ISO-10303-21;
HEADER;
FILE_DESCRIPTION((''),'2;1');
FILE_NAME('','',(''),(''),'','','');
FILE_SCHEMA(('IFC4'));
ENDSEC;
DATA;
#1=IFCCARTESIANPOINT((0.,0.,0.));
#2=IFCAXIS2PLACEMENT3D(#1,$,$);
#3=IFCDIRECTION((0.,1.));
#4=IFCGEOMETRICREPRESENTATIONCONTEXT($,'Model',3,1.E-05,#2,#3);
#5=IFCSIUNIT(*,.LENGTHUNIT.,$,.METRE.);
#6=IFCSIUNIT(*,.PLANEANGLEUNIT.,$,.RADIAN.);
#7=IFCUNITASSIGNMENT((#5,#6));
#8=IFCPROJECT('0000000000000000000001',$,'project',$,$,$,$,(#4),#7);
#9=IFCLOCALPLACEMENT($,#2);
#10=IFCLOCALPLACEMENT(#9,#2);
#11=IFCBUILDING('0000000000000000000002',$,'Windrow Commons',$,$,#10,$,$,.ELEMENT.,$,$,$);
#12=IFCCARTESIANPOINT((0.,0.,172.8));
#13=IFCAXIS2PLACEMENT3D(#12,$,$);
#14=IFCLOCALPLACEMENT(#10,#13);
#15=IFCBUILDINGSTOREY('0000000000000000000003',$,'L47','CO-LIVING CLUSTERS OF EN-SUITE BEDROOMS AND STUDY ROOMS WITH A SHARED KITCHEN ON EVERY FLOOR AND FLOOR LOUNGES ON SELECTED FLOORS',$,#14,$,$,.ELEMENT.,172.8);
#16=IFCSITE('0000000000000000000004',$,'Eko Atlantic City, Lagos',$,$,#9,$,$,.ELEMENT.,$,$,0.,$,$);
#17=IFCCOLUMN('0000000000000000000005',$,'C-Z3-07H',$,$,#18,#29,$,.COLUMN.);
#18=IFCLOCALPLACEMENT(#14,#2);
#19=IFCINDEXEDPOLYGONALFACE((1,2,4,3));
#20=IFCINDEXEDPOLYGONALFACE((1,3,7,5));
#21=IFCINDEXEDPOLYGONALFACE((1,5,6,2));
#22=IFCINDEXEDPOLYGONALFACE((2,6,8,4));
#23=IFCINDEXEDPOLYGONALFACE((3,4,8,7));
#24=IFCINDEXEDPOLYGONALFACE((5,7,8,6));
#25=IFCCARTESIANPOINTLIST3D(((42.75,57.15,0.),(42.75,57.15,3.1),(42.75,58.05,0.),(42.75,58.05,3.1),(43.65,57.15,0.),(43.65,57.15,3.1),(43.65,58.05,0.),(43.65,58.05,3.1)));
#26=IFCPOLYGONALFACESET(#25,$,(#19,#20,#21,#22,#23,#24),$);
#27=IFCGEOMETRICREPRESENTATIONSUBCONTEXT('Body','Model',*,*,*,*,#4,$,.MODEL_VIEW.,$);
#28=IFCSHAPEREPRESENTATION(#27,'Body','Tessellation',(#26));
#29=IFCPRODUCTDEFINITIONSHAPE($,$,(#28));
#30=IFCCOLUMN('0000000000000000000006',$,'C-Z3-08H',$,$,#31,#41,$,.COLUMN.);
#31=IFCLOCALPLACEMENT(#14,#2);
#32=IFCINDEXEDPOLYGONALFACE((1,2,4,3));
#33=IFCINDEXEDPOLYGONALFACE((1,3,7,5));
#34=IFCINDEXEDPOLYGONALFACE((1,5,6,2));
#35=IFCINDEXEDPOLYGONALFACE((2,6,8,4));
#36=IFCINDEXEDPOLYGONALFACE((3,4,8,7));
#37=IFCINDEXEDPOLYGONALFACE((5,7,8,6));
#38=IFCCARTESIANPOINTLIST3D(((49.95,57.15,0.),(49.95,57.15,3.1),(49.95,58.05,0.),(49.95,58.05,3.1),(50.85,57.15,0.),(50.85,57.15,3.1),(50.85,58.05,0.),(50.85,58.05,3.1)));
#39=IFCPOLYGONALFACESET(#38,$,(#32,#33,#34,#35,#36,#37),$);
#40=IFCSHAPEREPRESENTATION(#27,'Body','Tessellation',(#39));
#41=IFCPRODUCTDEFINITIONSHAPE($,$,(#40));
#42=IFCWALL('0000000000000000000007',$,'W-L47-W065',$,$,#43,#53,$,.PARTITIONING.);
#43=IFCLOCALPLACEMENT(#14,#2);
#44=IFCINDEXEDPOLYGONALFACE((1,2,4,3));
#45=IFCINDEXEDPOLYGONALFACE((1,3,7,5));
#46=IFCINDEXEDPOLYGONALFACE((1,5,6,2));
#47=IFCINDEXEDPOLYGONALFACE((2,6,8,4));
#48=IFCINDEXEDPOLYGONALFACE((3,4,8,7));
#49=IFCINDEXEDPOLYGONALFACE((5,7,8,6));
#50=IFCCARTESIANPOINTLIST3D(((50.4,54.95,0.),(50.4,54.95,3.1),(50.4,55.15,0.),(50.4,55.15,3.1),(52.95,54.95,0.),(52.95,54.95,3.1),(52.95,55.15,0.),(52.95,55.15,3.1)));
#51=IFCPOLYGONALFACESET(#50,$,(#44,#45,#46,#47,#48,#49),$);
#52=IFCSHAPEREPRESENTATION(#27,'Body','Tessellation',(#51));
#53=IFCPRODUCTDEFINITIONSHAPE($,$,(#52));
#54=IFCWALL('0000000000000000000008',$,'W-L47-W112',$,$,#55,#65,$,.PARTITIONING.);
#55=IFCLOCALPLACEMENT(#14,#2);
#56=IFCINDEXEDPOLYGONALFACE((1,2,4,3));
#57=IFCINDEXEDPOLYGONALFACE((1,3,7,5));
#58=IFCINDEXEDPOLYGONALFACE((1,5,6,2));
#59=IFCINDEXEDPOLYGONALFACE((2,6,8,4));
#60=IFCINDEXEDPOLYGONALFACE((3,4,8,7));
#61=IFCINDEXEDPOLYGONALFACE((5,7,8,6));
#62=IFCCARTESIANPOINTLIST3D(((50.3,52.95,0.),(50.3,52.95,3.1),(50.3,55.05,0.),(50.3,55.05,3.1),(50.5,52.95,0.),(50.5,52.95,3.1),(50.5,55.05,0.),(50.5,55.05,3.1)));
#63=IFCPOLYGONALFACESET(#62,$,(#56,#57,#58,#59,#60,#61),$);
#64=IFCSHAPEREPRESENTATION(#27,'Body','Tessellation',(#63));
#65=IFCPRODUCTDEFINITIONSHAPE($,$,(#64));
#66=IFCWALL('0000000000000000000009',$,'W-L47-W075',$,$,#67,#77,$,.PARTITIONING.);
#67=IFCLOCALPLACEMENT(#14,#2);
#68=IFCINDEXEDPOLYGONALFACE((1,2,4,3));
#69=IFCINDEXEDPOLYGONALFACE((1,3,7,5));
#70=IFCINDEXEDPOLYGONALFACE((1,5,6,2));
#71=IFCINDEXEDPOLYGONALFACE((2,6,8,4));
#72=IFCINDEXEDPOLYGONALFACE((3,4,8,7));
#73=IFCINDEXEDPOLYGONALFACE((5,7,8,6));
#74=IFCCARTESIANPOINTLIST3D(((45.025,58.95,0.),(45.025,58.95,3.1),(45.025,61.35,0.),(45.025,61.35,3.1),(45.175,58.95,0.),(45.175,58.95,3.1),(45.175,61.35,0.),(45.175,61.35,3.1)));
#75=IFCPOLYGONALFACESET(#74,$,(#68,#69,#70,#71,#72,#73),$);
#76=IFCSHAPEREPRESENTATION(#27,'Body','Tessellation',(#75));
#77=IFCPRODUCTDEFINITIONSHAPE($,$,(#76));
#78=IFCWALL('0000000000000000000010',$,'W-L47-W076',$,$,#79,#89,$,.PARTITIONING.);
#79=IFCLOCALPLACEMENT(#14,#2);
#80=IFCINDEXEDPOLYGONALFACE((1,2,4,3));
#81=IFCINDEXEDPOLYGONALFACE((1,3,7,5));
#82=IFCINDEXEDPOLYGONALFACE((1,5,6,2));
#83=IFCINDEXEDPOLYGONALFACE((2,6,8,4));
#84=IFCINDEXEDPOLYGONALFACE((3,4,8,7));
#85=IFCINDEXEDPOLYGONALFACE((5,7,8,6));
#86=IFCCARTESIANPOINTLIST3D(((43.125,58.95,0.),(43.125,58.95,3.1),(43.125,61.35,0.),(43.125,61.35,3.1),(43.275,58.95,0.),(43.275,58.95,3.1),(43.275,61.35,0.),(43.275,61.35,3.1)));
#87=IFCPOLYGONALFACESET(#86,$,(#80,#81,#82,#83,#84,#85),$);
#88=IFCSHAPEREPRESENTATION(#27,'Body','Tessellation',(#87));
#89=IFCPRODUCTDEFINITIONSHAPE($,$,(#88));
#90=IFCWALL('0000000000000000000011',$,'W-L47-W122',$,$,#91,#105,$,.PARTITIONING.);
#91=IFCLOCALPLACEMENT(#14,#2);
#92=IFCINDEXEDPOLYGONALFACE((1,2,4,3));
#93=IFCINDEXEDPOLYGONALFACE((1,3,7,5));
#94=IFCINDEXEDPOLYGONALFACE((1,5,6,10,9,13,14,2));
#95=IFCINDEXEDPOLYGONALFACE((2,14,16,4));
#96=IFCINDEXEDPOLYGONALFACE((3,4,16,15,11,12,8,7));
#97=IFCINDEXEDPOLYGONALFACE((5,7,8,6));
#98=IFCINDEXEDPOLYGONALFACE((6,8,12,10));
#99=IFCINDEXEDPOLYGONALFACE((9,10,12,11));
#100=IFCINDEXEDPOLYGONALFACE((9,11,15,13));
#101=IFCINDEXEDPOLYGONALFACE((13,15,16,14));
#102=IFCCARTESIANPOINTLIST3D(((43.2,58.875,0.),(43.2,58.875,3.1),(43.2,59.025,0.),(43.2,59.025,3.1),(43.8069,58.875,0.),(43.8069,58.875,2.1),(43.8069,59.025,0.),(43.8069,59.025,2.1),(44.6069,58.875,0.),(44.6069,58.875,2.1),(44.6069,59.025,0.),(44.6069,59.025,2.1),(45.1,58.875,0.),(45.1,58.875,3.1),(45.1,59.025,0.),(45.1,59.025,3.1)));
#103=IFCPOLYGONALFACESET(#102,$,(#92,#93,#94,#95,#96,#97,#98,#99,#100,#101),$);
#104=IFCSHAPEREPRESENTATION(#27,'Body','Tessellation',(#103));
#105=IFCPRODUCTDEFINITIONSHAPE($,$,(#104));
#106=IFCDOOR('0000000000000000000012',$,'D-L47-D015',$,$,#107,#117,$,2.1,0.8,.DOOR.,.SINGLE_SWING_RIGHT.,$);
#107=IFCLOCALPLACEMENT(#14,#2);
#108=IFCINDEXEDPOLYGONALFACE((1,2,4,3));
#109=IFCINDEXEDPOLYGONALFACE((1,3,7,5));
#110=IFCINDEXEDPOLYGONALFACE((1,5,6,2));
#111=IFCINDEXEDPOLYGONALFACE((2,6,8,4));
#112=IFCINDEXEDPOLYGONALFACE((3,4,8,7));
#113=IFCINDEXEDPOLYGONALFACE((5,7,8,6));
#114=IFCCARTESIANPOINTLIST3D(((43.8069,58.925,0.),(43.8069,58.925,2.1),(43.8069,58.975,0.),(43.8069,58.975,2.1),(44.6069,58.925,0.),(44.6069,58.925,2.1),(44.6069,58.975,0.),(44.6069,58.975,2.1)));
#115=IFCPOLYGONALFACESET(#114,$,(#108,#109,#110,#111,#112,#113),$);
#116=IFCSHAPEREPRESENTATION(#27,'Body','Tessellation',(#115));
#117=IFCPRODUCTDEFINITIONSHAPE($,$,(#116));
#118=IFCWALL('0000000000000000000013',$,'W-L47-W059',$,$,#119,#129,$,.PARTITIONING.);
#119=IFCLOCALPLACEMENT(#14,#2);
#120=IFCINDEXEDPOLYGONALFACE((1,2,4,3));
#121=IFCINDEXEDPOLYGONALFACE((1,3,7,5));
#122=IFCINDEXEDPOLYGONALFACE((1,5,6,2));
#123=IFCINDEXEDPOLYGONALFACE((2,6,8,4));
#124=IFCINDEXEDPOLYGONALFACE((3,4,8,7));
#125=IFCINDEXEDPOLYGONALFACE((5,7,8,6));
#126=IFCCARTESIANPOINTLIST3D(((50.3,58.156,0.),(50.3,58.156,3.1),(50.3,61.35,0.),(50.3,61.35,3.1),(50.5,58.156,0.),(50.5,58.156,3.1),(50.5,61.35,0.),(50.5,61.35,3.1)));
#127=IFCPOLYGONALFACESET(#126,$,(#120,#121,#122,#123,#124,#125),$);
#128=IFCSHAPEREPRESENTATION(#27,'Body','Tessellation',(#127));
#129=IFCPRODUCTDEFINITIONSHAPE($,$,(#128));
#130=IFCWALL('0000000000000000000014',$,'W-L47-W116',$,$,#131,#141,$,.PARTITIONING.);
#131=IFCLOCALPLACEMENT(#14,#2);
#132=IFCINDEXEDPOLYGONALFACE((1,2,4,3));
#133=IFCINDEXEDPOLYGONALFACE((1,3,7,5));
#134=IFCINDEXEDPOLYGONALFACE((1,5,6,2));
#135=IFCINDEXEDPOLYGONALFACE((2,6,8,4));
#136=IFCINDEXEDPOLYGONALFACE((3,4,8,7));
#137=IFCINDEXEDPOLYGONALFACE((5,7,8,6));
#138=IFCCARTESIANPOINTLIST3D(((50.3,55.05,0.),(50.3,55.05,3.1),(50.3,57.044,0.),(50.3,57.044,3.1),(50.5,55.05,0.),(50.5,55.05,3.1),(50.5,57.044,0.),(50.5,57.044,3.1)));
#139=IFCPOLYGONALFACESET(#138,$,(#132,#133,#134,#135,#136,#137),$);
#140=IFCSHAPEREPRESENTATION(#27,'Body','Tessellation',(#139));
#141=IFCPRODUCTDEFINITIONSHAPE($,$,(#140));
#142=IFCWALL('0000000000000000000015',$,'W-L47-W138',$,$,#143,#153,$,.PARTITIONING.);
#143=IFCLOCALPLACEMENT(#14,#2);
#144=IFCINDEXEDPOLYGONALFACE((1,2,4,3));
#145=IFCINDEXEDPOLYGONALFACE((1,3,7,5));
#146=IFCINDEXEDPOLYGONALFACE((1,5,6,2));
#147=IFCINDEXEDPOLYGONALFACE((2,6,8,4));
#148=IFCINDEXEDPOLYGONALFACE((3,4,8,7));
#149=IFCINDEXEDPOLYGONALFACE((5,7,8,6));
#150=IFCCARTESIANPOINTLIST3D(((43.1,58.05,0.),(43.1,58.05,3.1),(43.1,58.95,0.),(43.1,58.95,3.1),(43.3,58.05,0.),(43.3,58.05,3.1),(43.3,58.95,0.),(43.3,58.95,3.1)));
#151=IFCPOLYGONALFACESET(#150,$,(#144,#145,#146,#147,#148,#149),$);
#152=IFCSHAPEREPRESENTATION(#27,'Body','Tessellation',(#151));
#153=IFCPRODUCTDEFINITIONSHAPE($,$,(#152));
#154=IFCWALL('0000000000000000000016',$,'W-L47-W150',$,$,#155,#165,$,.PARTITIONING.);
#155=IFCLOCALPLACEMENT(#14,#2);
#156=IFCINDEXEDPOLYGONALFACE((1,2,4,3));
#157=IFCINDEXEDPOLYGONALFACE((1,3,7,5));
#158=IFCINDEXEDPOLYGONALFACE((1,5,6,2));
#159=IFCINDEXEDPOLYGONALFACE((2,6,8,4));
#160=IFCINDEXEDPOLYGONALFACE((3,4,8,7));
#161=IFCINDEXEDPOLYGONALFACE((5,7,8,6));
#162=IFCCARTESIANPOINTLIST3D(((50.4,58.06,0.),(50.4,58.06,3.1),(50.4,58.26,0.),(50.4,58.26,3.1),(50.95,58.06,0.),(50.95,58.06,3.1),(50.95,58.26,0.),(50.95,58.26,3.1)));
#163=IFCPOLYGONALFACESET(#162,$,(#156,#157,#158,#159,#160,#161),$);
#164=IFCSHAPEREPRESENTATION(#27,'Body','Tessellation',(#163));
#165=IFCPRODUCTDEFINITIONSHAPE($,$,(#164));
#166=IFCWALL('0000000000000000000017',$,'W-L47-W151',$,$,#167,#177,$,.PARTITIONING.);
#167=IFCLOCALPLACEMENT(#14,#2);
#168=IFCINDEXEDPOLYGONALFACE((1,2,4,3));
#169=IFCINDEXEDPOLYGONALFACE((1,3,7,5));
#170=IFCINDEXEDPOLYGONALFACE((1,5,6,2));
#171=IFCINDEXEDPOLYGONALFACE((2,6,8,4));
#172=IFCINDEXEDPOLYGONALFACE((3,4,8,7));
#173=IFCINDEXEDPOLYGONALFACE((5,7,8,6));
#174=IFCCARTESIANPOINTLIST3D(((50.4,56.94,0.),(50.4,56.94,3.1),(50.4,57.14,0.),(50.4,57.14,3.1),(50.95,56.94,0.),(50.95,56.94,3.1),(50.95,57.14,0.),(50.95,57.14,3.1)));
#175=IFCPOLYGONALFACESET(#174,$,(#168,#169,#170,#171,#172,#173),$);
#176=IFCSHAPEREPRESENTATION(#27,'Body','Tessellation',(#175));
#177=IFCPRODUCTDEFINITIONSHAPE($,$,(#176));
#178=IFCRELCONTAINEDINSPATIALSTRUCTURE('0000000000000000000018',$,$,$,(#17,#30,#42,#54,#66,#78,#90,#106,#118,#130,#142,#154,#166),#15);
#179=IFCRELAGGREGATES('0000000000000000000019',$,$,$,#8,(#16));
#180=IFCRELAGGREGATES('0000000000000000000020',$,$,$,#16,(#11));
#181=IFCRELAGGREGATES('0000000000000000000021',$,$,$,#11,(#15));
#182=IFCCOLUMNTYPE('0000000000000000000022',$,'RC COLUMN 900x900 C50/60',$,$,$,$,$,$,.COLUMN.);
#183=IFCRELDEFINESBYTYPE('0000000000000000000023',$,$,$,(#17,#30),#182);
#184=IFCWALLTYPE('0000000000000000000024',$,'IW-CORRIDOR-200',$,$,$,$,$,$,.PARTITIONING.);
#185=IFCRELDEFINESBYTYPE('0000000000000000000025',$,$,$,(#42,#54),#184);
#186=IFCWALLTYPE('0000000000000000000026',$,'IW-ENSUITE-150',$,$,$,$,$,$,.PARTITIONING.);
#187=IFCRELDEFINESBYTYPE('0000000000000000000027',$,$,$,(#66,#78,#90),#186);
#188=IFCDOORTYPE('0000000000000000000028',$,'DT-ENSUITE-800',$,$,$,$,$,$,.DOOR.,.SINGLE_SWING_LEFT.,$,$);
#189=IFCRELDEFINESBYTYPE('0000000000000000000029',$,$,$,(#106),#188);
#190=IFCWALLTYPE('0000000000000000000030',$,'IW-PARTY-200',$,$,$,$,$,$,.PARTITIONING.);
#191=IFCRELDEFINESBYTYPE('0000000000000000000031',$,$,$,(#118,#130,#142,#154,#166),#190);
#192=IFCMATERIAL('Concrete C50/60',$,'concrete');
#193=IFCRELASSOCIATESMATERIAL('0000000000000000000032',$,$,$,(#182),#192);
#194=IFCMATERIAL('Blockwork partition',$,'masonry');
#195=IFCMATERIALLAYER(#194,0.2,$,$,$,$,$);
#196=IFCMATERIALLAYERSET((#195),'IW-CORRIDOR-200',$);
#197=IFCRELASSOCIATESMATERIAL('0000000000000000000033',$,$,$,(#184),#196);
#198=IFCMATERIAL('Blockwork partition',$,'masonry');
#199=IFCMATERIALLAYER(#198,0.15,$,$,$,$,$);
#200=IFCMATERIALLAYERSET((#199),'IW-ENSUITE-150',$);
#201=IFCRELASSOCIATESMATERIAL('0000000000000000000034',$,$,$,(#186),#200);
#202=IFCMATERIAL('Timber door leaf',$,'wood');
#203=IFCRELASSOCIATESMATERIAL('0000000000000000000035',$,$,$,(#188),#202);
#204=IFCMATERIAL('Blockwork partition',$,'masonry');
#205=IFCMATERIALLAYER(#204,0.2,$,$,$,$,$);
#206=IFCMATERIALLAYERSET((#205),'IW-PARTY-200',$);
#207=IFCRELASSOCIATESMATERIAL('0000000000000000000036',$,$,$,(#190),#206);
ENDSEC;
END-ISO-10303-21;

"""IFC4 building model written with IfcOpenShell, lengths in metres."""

from ifc_helpers import new_model, si_unit, direction, frame, frame_2d, origin, origin_2d, place, context, subcontext, project, spatial, rectangle, extrude, material, layer, layer_set, material_profile, profile_set, type_object, element, fill, save


model = new_model("IFC4")

# Units and contexts
model_context = context("Model", 3, precision=1e-05, world=origin(), true_north=direction((0.0, 1.0)))
body_context = subcontext(model_context, "Body", "Model", "MODEL_VIEW")
ifc_project = project(units=[si_unit("LENGTHUNIT", "METRE"), si_unit("PLANEANGLEUNIT", "RADIAN")], contexts=[model_context])

# Site, building, storey
site_placement = place(None, origin())
site = spatial("IfcSite", under=ifc_project, at=site_placement, Name="Eko Atlantic City, Lagos", CompositionType="ELEMENT", RefElevation=0.0)
building_placement = place(site_placement, origin())
building = spatial("IfcBuilding", under=site, at=building_placement, Name="Windrow Commons", CompositionType="ELEMENT")
storey_placement = place(building_placement, frame((0.0, 0.0, 172.8)))
storey = spatial("IfcBuildingStorey", under=building, at=storey_placement, Name="L47", Description="CO-LIVING CLUSTERS OF EN-SUITE BEDROOMS AND STUDY ROOMS WITH A SHARED KITCHEN ON EVERY FLOOR AND FLOOR LOUNGES ON SELECTED FLOORS", CompositionType="ELEMENT", Elevation=172.8)

# Columns
ifc_material_1 = material(Name="Concrete C50/60", Category="concrete")
ifc_material_profile = material_profile(ifc_material_1, rectangle(XDim=0.9, YDim=0.9, at=origin_2d()))
ifc_profile_set = profile_set([ifc_material_profile], Name="Concrete C50/60")
column_type = type_object("IfcColumnType", Name="RC COLUMN 900x900 C50/60", PredefinedType="COLUMN", material=ifc_profile_set)
for number, where, z_axis, x_axis, name in (
    (1, (43.2, 57.6, 0.0), (0.0, 0.0, 1.0), (1.0, 0.0, 0.0), "C-Z3-07H"),
    (2, (50.4, 57.6, 0.0), (0.0, 0.0, 1.0), (1.0, 0.0, 0.0), "C-Z3-08H"),
):
    element("IfcColumn", number, at=place(storey_placement, frame(where, z_axis=z_axis, x_axis=x_axis)), inside=storey, type_object=column_type, Name=name, PredefinedType="COLUMN", context=body_context, shape_type="SweptSolid", body=[
        extrude(rectangle(XDim=0.9, YDim=0.9, at=origin_2d()), origin(), (0.0, 0.0, 1.0), 3.1),
    ])

# Walls
ifc_material_2 = material(Name="Blockwork partition", Category="masonry")
ifc_layer_1 = layer(ifc_material_2, 0.2)
ifc_layer_set_1 = layer_set([ifc_layer_1], Name="IW-CORRIDOR-200")
wall_type_1 = type_object("IfcWallType", Name="IW-CORRIDOR-200", PredefinedType="PARTITIONING", material=ifc_layer_set_1)
wall_1_placement = place(storey_placement, frame((50.4, 55.05, 0.0), z_axis=(0.0, 0.0, 1.0), x_axis=(1.0, 0.0, 0.0)))
element("IfcWall", 3, at=wall_1_placement, inside=storey, type_object=wall_type_1, Name="W-L47-W065", PredefinedType="PARTITIONING", context=body_context, shape_type="SweptSolid", body=[
    extrude(rectangle(XDim=2.55, YDim=0.2, at=frame_2d((1.275, 0.0))), origin(), (0.0, 0.0, 1.0), 3.1),
])
wall_2_placement = place(storey_placement, frame((50.4, 52.95, 0.0), z_axis=(0.0, 0.0, 1.0), x_axis=(0.0, 1.0, 0.0)))
element("IfcWall", 4, at=wall_2_placement, inside=storey, type_object=wall_type_1, Name="W-L47-W112", PredefinedType="PARTITIONING", context=body_context, shape_type="SweptSolid", body=[
    extrude(rectangle(XDim=2.1, YDim=0.2, at=frame_2d((1.05, 0.0))), origin(), (0.0, 0.0, 1.0), 3.1),
])
ifc_material_3 = material(Name="Blockwork partition", Category="masonry")
ifc_layer_2 = layer(ifc_material_3, 0.15)
ifc_layer_set_2 = layer_set([ifc_layer_2], Name="IW-ENSUITE-150")
wall_type_2 = type_object("IfcWallType", Name="IW-ENSUITE-150", PredefinedType="PARTITIONING", material=ifc_layer_set_2)
for number, where, z_axis, x_axis, name in (
    (5, (45.1, 58.95, 0.0), (0.0, 0.0, 1.0), (0.0, 1.0, 0.0), "W-L47-W075"),
    (6, (43.2, 58.95, 0.0), (0.0, 0.0, 1.0), (0.0, 1.0, 0.0), "W-L47-W076"),
):
    element("IfcWall", number, at=place(storey_placement, frame(where, z_axis=z_axis, x_axis=x_axis)), inside=storey, type_object=wall_type_2, Name=name, PredefinedType="PARTITIONING", context=body_context, shape_type="SweptSolid", body=[
        extrude(rectangle(XDim=2.4, YDim=0.15, at=frame_2d((1.2, 0.0))), origin(), (0.0, 0.0, 1.0), 3.1),
    ])

# Wall, opening, door
wall_3_placement = place(storey_placement, frame((43.2, 58.95, 0.0), z_axis=(0.0, 0.0, 1.0), x_axis=(1.0, 0.0, 0.0)))
wall_3 = element("IfcWall", 7, at=wall_3_placement, inside=storey, type_object=wall_type_2, Name="W-L47-W122", PredefinedType="PARTITIONING", context=body_context, shape_type="SweptSolid", body=[
    extrude(rectangle(XDim=1.9, YDim=0.15, at=frame_2d((0.95, 0.0))), origin(), (0.0, 0.0, 1.0), 3.1),
])
opening_placement = place(wall_3_placement, frame((0.6069, 0.0, 0.0)))
opening = element("IfcOpeningElement", 8, at=opening_placement, cuts=wall_3, PredefinedType="OPENING", context=body_context, shape_type="SweptSolid", body=[
    extrude(rectangle(XDim=0.8, YDim=2.1, at=frame_2d((0.4, 1.05))), frame((0.0, 0.085, 0.0), z_axis=(0.0, -1.0, 0.0), x_axis=(1.0, 0.0, 0.0)), (0.0, 0.0, 1.0), 0.17),
])
ifc_material_4 = material(Name="Timber door leaf", Category="wood")
door_type = type_object("IfcDoorType", Name="DT-ENSUITE-800", OperationType="SINGLE_SWING_LEFT", PredefinedType="DOOR", material=ifc_material_4)
door_placement = place(opening_placement, origin())
door = element("IfcDoor", 9, at=door_placement, inside=storey, type_object=door_type, Name="D-L47-D015", OperationType="SINGLE_SWING_RIGHT", OverallHeight=2.1, OverallWidth=0.8, PredefinedType="DOOR", context=body_context, shape_type="SweptSolid", body=[
    extrude(rectangle(XDim=0.8, YDim=2.1, at=frame_2d((0.4, 1.05))), frame((0.0, 0.025, 0.0), z_axis=(0.0, -1.0, 0.0), x_axis=(1.0, 0.0, 0.0)), (0.0, 0.0, 1.0), 0.05),
])
fill(opening, door)

# Walls
ifc_material_5 = material(Name="Blockwork partition", Category="masonry")
ifc_layer_3 = layer(ifc_material_5, 0.2)
ifc_layer_set_3 = layer_set([ifc_layer_3], Name="IW-PARTY-200")
wall_type_3 = type_object("IfcWallType", Name="IW-PARTY-200", PredefinedType="PARTITIONING", material=ifc_layer_set_3)
wall_4_placement = place(storey_placement, frame((50.4, 58.156, 0.0), z_axis=(0.0, 0.0, 1.0), x_axis=(0.0, 1.0, 0.0)))
element("IfcWall", 10, at=wall_4_placement, inside=storey, type_object=wall_type_3, Name="W-L47-W059", PredefinedType="PARTITIONING", context=body_context, shape_type="SweptSolid", body=[
    extrude(rectangle(XDim=3.194, YDim=0.2, at=frame_2d((1.597, 0.0))), origin(), (0.0, 0.0, 1.0), 3.1),
])
wall_5_placement = place(storey_placement, frame((50.4, 55.05, 0.0), z_axis=(0.0, 0.0, 1.0), x_axis=(0.0, 1.0, 0.0)))
element("IfcWall", 11, at=wall_5_placement, inside=storey, type_object=wall_type_3, Name="W-L47-W116", PredefinedType="PARTITIONING", context=body_context, shape_type="SweptSolid", body=[
    extrude(rectangle(XDim=1.994, YDim=0.2, at=frame_2d((0.997, 0.0))), origin(), (0.0, 0.0, 1.0), 3.1),
])
wall_6_placement = place(storey_placement, frame((43.2, 58.05, 0.0), z_axis=(0.0, 0.0, 1.0), x_axis=(0.0, 1.0, 0.0)))
element("IfcWall", 12, at=wall_6_placement, inside=storey, type_object=wall_type_3, Name="W-L47-W138", PredefinedType="PARTITIONING", context=body_context, shape_type="SweptSolid", body=[
    extrude(rectangle(XDim=0.9, YDim=0.2, at=frame_2d((0.45, 0.0))), origin(), (0.0, 0.0, 1.0), 3.1),
])
for number, where, z_axis, x_axis, name in (
    (13, (50.4, 58.16, 0.0), (0.0, 0.0, 1.0), (1.0, 0.0, 0.0), "W-L47-W150"),
    (14, (50.4, 57.04, 0.0), (0.0, 0.0, 1.0), (1.0, 0.0, 0.0), "W-L47-W151"),
):
    element("IfcWall", number, at=place(storey_placement, frame(where, z_axis=z_axis, x_axis=x_axis)), inside=storey, type_object=wall_type_3, Name=name, PredefinedType="PARTITIONING", context=body_context, shape_type="SweptSolid", body=[
        extrude(rectangle(XDim=0.55, YDim=0.2, at=frame_2d((0.275, 0.0))), origin(), (0.0, 0.0, 1.0), 3.1),
    ])

save(model, "model.ifc")
